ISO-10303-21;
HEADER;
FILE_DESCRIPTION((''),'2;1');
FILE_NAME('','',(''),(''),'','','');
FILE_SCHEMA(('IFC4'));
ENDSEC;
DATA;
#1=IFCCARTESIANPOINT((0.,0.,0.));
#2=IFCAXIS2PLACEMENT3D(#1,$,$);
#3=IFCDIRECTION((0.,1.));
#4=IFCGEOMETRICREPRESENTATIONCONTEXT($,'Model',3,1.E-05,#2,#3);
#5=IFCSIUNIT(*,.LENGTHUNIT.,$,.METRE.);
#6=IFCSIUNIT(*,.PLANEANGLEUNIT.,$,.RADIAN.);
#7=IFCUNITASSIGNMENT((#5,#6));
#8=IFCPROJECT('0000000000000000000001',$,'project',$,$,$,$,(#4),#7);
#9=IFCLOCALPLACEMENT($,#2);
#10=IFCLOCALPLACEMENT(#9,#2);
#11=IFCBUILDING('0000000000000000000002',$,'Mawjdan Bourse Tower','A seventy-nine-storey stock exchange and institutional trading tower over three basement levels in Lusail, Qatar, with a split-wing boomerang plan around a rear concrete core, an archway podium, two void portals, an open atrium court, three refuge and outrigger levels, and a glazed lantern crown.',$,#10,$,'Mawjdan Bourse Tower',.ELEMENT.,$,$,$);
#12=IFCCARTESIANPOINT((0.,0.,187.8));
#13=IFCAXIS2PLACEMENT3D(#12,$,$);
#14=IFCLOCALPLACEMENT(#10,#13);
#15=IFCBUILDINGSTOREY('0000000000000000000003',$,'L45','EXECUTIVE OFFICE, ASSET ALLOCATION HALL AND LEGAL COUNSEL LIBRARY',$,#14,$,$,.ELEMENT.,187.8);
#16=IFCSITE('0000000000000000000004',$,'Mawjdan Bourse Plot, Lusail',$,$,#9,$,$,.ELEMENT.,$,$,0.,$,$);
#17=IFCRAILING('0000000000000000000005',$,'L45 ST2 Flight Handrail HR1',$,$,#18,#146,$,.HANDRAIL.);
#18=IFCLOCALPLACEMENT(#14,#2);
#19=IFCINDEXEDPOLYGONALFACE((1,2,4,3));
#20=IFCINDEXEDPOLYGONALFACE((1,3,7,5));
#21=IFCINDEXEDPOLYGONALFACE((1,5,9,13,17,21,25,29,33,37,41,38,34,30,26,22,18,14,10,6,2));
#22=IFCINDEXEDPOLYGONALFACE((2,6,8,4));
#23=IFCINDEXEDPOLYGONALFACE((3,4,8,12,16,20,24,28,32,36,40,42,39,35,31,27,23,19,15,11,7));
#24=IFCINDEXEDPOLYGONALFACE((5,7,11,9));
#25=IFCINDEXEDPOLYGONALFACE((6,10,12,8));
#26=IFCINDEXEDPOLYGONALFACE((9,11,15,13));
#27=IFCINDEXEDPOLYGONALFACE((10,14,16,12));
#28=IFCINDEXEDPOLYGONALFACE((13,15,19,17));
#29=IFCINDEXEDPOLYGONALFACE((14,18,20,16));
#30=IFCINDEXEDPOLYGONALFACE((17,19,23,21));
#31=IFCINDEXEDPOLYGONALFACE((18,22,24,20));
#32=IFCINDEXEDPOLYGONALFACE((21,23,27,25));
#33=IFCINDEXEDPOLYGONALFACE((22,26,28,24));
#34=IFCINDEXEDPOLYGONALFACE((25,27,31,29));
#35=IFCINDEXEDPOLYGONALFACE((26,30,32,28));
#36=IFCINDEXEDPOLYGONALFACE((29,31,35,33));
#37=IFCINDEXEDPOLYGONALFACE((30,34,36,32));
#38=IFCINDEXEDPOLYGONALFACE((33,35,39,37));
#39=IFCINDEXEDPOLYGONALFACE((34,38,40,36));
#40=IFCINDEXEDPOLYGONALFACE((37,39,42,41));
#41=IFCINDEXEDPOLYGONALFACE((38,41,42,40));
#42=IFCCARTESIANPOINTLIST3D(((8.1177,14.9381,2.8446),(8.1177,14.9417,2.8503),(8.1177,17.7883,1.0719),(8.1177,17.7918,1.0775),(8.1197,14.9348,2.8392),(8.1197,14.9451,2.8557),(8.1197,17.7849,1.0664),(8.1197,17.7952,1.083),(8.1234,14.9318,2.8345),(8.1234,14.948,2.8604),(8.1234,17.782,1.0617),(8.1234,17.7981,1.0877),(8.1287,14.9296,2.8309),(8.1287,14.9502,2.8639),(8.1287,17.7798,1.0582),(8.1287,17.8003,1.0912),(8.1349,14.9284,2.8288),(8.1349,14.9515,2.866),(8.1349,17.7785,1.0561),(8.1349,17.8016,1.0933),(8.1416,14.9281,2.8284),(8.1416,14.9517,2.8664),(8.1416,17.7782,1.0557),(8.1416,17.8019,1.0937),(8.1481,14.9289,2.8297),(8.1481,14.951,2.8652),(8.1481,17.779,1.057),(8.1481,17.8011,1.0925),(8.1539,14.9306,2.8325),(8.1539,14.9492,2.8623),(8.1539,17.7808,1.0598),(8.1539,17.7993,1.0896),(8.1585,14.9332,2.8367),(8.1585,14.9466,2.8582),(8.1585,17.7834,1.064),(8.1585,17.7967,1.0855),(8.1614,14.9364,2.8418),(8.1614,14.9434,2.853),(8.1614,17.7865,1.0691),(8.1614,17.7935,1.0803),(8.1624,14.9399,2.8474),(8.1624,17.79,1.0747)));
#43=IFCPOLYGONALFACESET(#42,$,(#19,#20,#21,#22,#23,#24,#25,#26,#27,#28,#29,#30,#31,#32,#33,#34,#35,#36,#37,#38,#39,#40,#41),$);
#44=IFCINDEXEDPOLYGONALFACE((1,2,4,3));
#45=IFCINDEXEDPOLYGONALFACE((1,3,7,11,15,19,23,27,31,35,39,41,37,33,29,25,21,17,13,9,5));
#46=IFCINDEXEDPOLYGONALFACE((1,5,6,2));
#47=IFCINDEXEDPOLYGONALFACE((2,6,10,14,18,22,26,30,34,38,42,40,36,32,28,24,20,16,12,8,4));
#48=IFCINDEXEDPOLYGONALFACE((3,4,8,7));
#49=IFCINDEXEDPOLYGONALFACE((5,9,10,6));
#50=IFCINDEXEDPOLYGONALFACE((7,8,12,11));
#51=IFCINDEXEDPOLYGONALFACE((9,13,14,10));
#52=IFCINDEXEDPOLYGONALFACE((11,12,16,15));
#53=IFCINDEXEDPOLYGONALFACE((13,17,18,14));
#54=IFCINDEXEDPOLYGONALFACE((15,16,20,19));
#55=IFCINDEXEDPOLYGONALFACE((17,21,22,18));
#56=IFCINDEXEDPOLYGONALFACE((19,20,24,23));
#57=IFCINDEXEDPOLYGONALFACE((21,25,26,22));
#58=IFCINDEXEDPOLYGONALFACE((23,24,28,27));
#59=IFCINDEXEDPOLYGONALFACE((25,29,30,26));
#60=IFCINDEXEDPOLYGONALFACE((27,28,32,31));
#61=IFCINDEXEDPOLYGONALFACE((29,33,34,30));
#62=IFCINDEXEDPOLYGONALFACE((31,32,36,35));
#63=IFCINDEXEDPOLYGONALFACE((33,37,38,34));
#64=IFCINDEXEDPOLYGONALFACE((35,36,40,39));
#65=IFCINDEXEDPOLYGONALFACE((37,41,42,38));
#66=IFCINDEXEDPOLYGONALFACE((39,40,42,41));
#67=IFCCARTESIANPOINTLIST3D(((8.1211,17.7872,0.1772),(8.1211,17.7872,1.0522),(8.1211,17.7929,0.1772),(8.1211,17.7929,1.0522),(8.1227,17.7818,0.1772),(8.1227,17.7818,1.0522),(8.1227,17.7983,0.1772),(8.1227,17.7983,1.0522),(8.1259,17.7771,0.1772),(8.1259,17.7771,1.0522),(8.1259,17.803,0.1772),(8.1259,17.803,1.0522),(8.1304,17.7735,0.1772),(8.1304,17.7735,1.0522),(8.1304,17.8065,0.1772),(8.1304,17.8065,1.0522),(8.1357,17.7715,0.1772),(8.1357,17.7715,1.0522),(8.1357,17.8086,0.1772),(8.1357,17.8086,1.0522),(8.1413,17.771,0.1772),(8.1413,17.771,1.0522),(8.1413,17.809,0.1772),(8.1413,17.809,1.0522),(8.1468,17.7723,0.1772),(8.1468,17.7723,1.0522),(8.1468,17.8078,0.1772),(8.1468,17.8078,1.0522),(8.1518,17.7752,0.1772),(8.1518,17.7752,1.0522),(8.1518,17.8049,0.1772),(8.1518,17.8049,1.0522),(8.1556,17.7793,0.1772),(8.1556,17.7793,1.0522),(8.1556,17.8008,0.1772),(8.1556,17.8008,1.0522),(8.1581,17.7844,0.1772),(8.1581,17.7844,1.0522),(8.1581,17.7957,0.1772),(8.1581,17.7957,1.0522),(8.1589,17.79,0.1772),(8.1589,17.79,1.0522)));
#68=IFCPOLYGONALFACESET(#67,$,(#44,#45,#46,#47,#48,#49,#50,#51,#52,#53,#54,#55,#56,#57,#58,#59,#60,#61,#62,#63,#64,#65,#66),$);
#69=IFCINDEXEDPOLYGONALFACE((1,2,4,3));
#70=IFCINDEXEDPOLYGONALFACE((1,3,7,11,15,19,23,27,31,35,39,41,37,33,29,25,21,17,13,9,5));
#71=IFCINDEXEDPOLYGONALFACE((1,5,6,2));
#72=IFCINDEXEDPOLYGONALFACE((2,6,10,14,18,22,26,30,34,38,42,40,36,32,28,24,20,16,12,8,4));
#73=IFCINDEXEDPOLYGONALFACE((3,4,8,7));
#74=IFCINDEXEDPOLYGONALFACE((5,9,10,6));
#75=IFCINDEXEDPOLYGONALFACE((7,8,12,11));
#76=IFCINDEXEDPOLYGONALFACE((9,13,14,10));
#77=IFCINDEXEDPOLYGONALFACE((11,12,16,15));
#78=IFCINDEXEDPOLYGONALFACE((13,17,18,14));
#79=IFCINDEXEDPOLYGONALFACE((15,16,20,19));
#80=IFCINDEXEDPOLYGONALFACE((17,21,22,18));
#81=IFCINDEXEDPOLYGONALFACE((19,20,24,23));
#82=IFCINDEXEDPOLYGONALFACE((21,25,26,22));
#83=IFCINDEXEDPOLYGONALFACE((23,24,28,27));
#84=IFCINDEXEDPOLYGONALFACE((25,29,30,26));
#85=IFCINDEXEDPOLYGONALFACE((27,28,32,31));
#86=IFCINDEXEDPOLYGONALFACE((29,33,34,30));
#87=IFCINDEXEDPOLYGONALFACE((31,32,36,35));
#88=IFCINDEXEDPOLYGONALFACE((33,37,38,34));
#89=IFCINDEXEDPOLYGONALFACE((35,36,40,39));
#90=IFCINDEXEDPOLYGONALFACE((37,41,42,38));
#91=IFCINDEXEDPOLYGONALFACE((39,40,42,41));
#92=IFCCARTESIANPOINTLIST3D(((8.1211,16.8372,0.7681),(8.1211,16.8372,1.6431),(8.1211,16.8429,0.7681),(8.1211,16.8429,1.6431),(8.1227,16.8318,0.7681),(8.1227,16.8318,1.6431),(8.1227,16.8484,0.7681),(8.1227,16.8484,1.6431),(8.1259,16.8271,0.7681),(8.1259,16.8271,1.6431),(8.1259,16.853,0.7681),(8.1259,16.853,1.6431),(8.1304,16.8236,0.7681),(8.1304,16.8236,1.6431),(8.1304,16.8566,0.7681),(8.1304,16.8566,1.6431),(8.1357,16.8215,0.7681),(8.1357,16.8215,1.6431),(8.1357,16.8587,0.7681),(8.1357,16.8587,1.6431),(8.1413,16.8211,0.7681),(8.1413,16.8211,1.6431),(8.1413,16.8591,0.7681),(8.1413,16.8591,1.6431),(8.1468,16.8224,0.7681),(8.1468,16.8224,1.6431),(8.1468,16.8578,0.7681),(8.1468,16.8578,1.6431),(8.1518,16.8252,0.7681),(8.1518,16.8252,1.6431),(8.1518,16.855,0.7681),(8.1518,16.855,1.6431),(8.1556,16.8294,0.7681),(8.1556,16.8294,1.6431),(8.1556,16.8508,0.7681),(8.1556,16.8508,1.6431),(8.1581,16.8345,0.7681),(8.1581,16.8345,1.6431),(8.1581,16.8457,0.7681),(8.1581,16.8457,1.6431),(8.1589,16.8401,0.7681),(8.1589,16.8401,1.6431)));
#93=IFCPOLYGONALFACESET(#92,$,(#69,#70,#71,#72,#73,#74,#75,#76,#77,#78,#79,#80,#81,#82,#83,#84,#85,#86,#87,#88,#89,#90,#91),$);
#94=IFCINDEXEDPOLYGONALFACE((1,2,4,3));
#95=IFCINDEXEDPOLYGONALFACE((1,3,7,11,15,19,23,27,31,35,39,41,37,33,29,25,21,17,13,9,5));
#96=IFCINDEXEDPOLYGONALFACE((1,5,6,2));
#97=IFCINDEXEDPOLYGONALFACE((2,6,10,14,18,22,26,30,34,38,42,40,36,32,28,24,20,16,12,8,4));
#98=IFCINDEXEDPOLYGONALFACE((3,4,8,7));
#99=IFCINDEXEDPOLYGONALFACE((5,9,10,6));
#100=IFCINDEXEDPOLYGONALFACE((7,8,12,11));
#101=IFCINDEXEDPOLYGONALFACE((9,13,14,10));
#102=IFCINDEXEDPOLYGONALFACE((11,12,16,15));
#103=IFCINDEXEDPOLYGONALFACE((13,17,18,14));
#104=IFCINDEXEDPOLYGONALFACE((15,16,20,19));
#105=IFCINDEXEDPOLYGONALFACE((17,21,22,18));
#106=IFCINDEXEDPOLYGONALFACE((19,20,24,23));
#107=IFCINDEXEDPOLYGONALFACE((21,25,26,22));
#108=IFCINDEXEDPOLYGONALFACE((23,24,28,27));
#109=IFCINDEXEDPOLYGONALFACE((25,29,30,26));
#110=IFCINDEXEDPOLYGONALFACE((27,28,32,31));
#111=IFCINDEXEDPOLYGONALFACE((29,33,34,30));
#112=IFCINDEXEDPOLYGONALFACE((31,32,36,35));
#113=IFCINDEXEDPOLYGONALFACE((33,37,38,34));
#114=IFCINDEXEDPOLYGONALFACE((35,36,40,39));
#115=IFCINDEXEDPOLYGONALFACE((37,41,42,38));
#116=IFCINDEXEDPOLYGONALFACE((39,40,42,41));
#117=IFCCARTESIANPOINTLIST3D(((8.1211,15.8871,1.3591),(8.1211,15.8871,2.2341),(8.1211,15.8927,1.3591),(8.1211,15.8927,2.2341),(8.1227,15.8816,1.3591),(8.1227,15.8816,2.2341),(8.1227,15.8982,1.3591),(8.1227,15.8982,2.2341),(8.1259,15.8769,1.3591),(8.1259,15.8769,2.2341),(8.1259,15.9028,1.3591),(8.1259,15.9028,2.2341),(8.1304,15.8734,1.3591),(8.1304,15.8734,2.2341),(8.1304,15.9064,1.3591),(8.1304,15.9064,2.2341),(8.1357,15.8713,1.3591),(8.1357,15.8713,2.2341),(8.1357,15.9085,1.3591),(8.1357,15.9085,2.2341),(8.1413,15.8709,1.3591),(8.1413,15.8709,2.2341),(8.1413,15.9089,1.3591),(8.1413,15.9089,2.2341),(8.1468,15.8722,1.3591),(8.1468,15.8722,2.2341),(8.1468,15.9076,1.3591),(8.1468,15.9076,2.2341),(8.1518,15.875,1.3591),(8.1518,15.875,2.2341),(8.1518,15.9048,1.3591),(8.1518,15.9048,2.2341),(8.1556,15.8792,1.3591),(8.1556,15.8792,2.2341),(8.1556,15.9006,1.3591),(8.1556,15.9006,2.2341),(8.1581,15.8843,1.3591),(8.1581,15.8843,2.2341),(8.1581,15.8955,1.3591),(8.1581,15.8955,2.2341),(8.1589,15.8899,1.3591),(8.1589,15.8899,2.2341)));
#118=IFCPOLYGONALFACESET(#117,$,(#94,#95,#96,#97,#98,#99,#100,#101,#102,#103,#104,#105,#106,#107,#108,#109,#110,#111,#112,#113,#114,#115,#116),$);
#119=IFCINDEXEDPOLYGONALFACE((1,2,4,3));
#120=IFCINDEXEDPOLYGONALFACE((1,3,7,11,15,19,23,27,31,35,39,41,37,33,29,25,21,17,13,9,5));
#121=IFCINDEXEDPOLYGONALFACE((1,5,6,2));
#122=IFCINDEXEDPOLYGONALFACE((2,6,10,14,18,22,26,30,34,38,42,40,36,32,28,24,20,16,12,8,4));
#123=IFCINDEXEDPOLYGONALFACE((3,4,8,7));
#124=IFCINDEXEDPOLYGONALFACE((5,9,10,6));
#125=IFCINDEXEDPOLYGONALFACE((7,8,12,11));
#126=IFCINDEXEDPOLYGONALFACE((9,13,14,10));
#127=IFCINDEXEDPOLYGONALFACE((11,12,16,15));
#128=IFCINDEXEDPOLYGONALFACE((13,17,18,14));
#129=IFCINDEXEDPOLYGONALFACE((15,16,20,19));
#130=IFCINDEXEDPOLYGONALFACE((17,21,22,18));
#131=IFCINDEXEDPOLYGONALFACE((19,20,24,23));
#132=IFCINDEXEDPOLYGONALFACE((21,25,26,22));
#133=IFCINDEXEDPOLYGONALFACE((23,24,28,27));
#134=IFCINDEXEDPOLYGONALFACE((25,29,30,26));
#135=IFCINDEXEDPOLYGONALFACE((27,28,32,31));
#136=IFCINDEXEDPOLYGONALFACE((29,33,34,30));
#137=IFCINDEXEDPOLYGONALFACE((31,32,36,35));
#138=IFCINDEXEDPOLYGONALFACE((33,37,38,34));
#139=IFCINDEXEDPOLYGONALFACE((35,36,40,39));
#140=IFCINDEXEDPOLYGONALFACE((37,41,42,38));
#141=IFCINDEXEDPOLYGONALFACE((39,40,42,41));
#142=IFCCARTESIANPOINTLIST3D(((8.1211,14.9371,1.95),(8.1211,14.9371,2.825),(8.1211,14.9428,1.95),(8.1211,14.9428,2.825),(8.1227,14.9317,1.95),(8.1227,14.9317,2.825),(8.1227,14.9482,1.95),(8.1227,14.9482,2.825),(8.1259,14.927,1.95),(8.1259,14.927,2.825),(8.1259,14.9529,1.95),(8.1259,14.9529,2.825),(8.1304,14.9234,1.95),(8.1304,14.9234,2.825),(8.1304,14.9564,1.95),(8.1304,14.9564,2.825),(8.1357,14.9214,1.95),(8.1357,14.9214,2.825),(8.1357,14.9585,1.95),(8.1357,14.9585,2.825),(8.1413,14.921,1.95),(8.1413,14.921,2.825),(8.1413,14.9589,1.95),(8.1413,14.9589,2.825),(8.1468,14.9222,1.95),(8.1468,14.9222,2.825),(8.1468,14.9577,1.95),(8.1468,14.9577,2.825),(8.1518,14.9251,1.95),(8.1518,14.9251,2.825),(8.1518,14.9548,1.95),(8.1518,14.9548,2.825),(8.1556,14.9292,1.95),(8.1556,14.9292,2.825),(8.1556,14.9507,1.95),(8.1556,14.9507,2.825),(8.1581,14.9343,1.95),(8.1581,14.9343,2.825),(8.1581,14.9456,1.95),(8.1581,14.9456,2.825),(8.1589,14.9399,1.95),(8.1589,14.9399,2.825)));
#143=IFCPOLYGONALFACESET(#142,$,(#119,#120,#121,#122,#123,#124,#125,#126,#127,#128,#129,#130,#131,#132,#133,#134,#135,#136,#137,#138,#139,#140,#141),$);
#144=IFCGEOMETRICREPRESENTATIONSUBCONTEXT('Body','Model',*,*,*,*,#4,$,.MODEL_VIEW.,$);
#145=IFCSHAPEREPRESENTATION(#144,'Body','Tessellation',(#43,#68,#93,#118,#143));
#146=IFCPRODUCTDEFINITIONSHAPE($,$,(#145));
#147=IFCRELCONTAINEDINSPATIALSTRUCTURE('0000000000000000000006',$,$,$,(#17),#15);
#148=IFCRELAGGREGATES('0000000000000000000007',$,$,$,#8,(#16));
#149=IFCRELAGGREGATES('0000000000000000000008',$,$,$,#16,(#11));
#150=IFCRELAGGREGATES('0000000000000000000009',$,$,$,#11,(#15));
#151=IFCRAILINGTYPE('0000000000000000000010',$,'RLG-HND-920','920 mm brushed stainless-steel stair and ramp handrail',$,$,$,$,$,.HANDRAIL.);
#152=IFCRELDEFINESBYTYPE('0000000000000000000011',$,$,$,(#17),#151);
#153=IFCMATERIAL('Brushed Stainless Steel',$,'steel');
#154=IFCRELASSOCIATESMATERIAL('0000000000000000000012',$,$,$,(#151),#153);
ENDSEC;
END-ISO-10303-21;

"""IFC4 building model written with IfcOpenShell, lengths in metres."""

from ifc_helpers import new_model, si_unit, direction, frame, origin, origin_2d, place, context, subcontext, project, spatial, circle, extrude, material, type_object, element, save


model = new_model("IFC4")

# Units and contexts
model_context = context("Model", 3, precision=1e-05, world=origin(), true_north=direction((0.0, 1.0)))
body_context = subcontext(model_context, "Body", "Model", "MODEL_VIEW")
ifc_project = project(units=[si_unit("LENGTHUNIT", "METRE"), si_unit("PLANEANGLEUNIT", "RADIAN")], contexts=[model_context])

# Site, building, storey
site_placement = place(None, origin())
site = spatial("IfcSite", under=ifc_project, at=site_placement, Name="Mawjdan Bourse Plot, Lusail", CompositionType="ELEMENT", RefElevation=0.0)
building_placement = place(site_placement, origin())
building = spatial("IfcBuilding", under=site, at=building_placement, Name="Mawjdan Bourse Tower", Description="A seventy-nine-storey stock exchange and institutional trading tower over three basement levels in Lusail, Qatar, with a split-wing boomerang plan around a rear concrete core, an archway podium, two void portals, an open atrium court, three refuge and outrigger levels, and a glazed lantern crown.", LongName="Mawjdan Bourse Tower", CompositionType="ELEMENT")
storey_placement = place(building_placement, frame((0.0, 0.0, 187.8)))
storey = spatial("IfcBuildingStorey", under=building, at=storey_placement, Name="L45", Description="EXECUTIVE OFFICE, ASSET ALLOCATION HALL AND LEGAL COUNSEL LIBRARY", CompositionType="ELEMENT", Elevation=187.8)

# Shared definitions
ifc_material_1 = material(Name="Brushed Stainless Steel", Category="steel")

# Railing
railing_type_1 = type_object("IfcRailingType", Name="RLG-HND-920", Description="920 mm brushed stainless-steel stair and ramp handrail", PredefinedType="HANDRAIL", material=ifc_material_1)
for number, where, name in (
    (1, (8.1399, 17.79, 0.1772), "L45 ST2 Flight Handrail HR1"),
):
    element("IfcRailing", number, at=place(storey_placement, frame(where)), inside=storey, type_object=railing_type_1, Name=name, PredefinedType="HANDRAIL", context=body_context, shape_type="SweptSolid", body=[
        extrude(circle(Radius=0.0225, at=origin_2d()), frame((0.0, 0.0, 0.8975), z_axis=(0.0, -0.849149, 0.528154), x_axis=(1.0, 0.0, 0.0)), (0.0, 0.0, 1.0), 3.3564),
        extrude(circle(Radius=0.019, at=origin_2d()), origin(), (0.0, 0.0, 1.0), 0.875),
        extrude(circle(Radius=0.019, at=origin_2d()), frame((0.0, -0.95, 0.5908)), (0.0, 0.0, 1.0), 0.875),
        extrude(circle(Radius=0.019, at=origin_2d()), frame((0.0, -1.9001, 1.1819)), (0.0, 0.0, 1.0), 0.875),
        extrude(circle(Radius=0.019, at=origin_2d()), frame((0.0, -2.8501, 1.7727)), (0.0, 0.0, 1.0), 0.875),
    ])

save(model, "model.ifc")
